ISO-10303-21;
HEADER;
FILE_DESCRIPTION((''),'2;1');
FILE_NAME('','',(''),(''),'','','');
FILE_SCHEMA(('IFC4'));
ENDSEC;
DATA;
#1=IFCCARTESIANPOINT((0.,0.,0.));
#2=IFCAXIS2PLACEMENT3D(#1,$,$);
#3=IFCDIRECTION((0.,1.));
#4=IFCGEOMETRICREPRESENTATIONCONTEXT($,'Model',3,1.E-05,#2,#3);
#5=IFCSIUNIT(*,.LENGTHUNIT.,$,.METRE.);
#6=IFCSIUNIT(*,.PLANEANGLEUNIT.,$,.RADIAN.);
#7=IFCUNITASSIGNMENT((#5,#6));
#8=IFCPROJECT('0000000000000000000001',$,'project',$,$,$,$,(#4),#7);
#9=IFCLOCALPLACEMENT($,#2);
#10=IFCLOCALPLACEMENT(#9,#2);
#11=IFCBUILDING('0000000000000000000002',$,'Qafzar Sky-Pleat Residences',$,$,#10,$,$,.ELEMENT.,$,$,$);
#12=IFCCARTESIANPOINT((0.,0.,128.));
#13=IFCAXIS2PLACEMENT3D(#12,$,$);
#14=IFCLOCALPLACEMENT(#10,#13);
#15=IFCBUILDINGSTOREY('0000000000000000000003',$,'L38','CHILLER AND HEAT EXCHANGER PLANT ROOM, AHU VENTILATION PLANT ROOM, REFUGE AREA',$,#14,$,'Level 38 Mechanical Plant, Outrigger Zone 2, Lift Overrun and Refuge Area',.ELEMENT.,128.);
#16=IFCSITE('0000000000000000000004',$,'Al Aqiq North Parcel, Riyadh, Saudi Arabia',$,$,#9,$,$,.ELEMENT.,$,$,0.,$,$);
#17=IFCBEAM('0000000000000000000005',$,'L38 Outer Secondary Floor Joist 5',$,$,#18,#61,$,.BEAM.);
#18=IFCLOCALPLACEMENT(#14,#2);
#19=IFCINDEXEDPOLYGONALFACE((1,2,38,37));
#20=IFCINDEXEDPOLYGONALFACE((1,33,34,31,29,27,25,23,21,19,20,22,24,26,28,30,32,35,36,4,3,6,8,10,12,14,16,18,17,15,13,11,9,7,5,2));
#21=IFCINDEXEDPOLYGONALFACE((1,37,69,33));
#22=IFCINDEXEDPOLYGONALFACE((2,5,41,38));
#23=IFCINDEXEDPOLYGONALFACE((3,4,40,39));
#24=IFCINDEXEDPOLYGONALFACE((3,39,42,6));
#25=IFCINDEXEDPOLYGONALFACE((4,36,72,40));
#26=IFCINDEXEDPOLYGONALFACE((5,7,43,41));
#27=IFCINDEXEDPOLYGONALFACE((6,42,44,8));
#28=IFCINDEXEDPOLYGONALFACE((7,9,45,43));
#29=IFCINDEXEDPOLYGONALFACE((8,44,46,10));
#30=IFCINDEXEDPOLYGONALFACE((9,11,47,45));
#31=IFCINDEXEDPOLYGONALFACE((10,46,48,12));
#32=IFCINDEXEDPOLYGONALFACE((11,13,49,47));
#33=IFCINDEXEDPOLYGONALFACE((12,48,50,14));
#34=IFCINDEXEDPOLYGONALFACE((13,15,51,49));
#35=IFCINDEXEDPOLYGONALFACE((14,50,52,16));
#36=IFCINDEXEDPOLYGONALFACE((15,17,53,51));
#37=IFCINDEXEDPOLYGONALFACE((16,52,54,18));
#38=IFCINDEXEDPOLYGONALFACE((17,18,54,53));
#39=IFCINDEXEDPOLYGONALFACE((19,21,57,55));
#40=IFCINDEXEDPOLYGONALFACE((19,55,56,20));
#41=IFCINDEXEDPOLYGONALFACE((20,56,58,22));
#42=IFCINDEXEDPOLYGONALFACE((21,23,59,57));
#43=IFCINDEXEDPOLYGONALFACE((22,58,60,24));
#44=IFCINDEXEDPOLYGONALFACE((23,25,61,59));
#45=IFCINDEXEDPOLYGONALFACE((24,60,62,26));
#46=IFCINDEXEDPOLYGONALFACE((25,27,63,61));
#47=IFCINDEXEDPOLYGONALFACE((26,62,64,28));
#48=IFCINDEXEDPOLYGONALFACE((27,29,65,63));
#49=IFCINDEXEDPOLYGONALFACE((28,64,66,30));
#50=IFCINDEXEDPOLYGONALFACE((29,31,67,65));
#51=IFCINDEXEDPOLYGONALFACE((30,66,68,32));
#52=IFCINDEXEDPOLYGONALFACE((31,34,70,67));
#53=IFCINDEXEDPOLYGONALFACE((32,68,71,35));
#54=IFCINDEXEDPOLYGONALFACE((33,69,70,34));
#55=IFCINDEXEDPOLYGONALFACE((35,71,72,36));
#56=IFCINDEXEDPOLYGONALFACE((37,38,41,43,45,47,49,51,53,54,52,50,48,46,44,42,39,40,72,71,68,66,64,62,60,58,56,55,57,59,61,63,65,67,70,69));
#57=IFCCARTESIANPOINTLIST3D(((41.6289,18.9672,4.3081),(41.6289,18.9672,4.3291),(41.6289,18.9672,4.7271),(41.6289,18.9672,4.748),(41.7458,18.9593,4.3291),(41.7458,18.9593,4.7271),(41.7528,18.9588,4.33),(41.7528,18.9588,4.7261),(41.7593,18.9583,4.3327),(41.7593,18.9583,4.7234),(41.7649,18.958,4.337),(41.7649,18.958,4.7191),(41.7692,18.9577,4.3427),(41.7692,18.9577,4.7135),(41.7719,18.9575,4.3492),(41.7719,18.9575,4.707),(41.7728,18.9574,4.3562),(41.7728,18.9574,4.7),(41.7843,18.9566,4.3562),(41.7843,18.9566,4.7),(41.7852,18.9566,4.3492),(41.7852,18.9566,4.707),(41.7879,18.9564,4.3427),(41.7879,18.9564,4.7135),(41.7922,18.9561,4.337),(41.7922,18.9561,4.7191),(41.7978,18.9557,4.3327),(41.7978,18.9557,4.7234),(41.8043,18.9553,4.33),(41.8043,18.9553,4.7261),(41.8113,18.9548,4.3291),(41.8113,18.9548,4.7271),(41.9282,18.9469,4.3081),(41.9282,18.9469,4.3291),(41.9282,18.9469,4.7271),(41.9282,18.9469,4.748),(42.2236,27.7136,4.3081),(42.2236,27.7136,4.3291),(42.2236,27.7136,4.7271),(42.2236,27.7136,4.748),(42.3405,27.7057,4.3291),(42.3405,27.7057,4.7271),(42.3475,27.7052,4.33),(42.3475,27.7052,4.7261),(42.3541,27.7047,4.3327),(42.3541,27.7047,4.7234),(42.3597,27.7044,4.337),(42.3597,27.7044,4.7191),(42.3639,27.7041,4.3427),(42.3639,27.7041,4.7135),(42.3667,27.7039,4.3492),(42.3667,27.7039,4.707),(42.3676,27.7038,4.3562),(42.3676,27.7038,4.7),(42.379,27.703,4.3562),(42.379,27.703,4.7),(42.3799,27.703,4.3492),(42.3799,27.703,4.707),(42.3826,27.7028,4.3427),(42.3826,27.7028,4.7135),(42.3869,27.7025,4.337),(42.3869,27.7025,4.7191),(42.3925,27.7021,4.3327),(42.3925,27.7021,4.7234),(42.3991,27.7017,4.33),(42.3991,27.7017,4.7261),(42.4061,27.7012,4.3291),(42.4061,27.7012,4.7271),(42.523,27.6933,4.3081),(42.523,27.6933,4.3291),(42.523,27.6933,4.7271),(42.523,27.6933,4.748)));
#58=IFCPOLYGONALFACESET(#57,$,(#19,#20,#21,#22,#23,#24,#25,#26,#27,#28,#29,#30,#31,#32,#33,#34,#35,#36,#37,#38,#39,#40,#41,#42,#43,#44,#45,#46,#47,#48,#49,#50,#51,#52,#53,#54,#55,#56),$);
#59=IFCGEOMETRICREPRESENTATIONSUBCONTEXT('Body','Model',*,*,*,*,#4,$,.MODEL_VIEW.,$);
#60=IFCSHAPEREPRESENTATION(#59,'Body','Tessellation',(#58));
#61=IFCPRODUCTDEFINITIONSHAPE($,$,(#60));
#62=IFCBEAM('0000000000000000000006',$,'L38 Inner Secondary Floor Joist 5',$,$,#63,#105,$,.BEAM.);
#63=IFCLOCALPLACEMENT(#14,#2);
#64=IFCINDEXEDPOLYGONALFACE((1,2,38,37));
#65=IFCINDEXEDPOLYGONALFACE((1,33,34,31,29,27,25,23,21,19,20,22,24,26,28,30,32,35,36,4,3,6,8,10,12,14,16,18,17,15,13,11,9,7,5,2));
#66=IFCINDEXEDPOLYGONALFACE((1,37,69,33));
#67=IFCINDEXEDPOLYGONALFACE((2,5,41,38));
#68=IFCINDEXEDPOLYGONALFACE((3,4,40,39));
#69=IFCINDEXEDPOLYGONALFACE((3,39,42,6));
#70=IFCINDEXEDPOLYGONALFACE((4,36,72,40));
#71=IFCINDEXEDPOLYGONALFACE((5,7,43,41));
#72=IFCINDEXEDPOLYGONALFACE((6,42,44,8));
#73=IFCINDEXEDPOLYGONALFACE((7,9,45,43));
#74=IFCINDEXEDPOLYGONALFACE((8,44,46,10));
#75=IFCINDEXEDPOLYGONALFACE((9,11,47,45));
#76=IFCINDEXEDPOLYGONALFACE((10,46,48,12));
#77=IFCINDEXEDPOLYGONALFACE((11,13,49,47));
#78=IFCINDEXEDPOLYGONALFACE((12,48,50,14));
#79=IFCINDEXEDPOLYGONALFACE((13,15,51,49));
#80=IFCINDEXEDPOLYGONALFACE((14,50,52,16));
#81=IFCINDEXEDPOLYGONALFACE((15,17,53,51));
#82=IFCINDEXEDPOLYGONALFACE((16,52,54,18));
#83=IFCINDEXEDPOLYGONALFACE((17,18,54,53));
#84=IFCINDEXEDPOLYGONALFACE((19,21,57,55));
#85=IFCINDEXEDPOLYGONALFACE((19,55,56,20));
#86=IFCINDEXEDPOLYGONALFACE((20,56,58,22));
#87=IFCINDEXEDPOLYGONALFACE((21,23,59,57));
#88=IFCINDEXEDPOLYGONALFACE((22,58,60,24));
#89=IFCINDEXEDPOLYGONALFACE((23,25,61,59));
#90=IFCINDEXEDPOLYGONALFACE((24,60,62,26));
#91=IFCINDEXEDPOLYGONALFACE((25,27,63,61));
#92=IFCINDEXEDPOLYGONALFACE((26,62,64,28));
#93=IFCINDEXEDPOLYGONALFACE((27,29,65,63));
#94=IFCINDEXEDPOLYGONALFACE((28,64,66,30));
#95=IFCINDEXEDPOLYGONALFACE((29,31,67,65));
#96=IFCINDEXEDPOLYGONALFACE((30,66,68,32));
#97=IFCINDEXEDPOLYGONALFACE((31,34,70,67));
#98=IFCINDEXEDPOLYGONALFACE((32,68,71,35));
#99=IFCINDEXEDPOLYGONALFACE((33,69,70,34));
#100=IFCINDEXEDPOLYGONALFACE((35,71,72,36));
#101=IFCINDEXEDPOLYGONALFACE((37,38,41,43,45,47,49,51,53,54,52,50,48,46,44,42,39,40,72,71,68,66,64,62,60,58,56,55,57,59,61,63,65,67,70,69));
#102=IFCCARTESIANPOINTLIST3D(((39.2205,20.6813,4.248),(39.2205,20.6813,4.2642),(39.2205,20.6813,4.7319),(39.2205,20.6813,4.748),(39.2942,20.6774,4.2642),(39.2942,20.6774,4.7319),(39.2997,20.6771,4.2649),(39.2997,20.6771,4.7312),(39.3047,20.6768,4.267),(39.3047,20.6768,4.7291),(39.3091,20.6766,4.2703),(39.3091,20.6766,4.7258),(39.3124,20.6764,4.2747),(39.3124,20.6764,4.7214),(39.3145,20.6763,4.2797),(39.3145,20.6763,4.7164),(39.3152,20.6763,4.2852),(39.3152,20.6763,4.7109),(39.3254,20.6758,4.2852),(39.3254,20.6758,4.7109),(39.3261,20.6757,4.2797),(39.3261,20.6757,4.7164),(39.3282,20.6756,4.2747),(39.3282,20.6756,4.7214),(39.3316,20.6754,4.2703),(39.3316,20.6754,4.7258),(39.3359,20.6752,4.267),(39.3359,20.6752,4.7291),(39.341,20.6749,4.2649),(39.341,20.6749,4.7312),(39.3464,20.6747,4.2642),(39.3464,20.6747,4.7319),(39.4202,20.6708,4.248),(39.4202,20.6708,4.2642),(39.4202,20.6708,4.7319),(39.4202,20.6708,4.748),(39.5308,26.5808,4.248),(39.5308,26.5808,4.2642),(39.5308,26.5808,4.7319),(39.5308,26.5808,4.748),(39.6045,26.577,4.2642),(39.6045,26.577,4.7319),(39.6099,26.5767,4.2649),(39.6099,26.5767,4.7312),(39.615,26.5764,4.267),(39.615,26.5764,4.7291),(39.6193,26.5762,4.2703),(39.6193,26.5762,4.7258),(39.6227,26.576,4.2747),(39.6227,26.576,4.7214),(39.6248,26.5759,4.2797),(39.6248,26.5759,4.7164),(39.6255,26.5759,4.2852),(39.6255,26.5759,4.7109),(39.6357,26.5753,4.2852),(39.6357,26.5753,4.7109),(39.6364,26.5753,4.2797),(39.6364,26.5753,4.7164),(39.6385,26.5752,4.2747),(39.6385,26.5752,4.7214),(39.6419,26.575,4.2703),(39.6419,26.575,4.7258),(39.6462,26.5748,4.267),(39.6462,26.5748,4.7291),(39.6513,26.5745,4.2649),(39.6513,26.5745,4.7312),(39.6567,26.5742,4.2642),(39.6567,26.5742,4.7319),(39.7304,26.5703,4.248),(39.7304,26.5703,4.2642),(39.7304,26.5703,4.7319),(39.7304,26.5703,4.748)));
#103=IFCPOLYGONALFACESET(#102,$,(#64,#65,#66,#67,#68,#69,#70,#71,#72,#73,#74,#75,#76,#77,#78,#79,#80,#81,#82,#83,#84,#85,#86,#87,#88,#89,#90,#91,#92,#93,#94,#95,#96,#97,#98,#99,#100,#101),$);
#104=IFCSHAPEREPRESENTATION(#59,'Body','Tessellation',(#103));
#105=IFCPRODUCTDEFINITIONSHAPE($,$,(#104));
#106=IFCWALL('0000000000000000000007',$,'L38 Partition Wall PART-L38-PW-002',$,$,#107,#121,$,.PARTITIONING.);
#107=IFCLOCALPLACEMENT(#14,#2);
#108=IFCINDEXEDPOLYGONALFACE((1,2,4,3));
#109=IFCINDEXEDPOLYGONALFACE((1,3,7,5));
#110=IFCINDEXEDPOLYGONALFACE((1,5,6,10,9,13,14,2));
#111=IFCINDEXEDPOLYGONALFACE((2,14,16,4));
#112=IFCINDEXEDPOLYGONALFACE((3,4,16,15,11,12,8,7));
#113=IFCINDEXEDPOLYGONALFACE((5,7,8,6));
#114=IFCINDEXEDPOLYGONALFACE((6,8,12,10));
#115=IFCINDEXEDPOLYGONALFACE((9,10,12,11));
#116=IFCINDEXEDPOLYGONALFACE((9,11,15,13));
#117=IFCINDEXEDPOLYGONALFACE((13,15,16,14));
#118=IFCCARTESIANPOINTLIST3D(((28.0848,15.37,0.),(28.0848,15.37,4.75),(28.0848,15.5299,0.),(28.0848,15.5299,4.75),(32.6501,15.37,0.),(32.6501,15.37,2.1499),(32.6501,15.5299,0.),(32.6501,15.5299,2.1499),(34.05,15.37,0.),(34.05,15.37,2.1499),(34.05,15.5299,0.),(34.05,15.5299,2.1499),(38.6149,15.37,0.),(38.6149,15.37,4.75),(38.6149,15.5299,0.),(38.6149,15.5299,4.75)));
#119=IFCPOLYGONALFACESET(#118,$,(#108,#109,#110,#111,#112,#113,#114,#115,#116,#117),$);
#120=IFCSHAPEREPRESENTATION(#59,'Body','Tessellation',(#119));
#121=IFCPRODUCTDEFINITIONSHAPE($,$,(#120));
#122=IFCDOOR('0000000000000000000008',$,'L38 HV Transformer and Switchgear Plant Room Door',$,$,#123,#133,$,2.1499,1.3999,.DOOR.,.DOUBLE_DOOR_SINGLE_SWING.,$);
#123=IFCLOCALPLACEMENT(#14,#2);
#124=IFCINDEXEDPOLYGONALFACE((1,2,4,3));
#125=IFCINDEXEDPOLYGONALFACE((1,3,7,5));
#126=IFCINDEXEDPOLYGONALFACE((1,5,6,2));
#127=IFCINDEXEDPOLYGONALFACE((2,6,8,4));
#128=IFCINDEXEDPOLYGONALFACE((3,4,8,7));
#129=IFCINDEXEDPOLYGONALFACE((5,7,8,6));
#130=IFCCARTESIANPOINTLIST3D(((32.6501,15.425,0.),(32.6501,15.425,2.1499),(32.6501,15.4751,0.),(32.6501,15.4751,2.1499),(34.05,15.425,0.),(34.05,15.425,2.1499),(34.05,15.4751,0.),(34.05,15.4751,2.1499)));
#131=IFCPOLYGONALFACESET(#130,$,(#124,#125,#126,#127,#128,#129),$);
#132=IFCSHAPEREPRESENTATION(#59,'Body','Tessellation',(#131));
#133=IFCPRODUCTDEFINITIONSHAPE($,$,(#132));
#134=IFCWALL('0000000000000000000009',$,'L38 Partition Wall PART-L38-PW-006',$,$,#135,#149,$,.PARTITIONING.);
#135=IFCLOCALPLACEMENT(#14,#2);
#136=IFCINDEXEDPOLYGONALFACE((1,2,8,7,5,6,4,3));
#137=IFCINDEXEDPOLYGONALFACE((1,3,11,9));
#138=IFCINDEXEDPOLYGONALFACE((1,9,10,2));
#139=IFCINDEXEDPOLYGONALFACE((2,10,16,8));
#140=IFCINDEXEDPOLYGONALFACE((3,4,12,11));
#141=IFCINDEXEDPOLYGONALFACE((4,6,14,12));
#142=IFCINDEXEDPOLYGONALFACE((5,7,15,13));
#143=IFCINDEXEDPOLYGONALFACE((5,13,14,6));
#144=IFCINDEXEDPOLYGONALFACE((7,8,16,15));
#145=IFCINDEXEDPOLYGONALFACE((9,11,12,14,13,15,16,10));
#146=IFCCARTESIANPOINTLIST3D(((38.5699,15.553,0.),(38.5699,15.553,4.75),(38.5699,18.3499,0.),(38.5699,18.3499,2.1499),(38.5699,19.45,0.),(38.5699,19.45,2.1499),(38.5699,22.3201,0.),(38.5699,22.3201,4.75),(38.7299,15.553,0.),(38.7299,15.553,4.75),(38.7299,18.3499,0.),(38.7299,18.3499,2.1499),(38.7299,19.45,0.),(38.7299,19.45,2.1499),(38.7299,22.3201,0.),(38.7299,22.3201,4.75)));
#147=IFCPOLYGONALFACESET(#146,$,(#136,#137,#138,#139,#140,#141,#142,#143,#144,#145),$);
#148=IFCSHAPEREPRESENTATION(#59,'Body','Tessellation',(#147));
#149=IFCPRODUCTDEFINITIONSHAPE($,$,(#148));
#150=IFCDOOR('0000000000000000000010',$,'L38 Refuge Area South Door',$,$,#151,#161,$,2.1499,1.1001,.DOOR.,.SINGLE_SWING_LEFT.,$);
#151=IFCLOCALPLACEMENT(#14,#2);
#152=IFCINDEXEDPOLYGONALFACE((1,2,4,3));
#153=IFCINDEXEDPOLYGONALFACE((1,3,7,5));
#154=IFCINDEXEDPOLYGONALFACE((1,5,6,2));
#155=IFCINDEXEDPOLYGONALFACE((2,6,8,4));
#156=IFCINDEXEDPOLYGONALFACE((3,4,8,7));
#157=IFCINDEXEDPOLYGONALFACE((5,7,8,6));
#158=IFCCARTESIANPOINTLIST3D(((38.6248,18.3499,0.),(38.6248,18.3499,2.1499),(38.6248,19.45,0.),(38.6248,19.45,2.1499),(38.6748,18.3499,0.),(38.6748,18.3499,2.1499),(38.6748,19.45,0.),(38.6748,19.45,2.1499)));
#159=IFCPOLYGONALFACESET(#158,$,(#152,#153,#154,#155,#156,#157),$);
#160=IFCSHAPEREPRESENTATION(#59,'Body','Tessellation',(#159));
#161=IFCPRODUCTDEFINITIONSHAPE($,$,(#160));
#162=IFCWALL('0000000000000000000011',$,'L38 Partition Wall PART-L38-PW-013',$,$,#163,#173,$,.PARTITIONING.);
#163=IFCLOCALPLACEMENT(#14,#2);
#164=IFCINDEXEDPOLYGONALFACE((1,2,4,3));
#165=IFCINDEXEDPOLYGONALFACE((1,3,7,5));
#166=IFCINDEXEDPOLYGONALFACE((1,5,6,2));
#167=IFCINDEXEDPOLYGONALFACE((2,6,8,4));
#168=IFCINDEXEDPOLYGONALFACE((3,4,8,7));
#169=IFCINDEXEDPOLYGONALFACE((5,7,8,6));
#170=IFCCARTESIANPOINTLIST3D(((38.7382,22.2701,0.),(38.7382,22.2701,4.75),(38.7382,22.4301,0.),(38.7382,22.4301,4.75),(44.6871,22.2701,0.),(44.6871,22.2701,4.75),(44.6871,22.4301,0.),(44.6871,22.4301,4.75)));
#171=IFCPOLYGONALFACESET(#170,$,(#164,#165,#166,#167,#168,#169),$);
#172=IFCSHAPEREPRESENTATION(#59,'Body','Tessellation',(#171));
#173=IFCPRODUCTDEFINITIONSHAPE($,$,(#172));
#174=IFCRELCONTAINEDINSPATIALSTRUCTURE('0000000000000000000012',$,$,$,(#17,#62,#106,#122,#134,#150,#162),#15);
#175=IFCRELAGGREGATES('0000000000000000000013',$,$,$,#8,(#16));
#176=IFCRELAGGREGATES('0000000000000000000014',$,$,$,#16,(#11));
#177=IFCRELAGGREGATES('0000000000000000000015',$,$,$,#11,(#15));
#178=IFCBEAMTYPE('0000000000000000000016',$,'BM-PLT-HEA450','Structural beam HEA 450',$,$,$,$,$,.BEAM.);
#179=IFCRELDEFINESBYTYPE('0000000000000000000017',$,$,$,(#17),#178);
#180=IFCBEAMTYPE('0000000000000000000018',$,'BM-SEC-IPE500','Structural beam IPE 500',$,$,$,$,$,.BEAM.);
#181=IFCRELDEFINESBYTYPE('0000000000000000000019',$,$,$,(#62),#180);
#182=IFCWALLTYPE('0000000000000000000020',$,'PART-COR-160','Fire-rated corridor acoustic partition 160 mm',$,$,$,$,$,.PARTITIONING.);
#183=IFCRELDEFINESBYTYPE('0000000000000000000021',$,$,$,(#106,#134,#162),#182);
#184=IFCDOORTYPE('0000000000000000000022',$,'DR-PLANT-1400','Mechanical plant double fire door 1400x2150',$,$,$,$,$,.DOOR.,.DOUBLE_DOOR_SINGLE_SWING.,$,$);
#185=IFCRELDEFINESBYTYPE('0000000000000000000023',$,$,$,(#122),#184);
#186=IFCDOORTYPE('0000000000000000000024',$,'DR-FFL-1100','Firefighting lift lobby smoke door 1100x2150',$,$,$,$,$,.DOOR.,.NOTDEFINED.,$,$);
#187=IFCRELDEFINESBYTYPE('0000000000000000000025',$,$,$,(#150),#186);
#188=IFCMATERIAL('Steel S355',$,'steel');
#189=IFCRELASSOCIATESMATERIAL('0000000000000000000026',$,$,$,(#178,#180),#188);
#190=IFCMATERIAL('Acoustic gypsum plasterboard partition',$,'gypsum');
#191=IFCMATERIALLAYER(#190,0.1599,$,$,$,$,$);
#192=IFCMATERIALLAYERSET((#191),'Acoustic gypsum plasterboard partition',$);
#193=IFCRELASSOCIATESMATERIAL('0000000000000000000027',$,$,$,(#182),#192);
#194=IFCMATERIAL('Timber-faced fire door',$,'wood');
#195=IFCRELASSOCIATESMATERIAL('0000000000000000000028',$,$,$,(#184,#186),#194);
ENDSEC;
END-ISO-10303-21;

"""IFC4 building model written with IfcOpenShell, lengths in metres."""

from ifc_helpers import new_model, si_unit, direction, frame, frame_2d, origin, origin_2d, place, context, subcontext, project, spatial, rectangle, i_section, extrude, source, transform, mapped, material, layer, layer_set, material_profile, profile_set, type_object, element, fill, save


model = new_model("IFC4")

# Units and contexts
model_context = context("Model", 3, precision=1e-05, world=origin(), true_north=direction((0.0, 1.0)))
body_context = subcontext(model_context, "Body", "Model", "MODEL_VIEW")
ifc_project = project(units=[si_unit("LENGTHUNIT", "METRE"), si_unit("PLANEANGLEUNIT", "RADIAN")], contexts=[model_context])

# Site, building, storey
site_placement = place(None, origin())
site = spatial("IfcSite", under=ifc_project, at=site_placement, Name="Al Aqiq North Parcel, Riyadh, Saudi Arabia", CompositionType="ELEMENT", RefElevation=0.0)
building_placement = place(site_placement, origin())
building = spatial("IfcBuilding", under=site, at=building_placement, Name="Qafzar Sky-Pleat Residences", CompositionType="ELEMENT")
storey_placement = place(building_placement, frame((0.0, 0.0, 128.0)))
storey = spatial("IfcBuildingStorey", under=building, at=storey_placement, Name="L38", Description="CHILLER AND HEAT EXCHANGER PLANT ROOM, AHU VENTILATION PLANT ROOM, REFUGE AREA", LongName="Level 38 Mechanical Plant, Outrigger Zone 2, Lift Overrun and Refuge Area", CompositionType="ELEMENT", Elevation=128.0)

# Beams
ifc_material_1 = material(Name="Steel S355", Category="steel")
ifc_material_profile_1 = material_profile(ifc_material_1, i_section(OverallWidth=0.3, OverallDepth=0.4399, WebThickness=0.0115, FlangeThickness=0.021, FilletRadius=0.0271, at=origin_2d()), Name="HEA 450")
ifc_profile_set_1 = profile_set([ifc_material_profile_1], Name="Steel S355")
beam_type_1 = type_object("IfcBeamType", Name="BM-PLT-HEA450", Description="Structural beam HEA 450", PredefinedType="BEAM", material=ifc_profile_set_1)
shared_shape_1 = source(origin(), body_context, "Body", "SweptSolid", [
    extrude(i_section(OverallWidth=0.3, OverallDepth=0.4399, WebThickness=0.0115, FlangeThickness=0.021, FilletRadius=0.0271, at=origin_2d()), origin(), (0.0, 0.0, 1.0), 8.7666),
])
beam_1_placement = place(storey_placement, frame((41.7786, 18.957, 4.5281), z_axis=(0.067841, 0.997696, 0.0), x_axis=(-0.997696, 0.067841, 0.0)))
element("IfcBeam", 1, at=beam_1_placement, inside=storey, type_object=beam_type_1, Name="L38 Outer Secondary Floor Joist 5", PredefinedType="BEAM", context=body_context, shape_type="MappedRepresentation", body=[
    mapped(shared_shape_1, transform((0.0, 0.0, 0.0), x_axis=(1.0, 0.0, 0.0), y_axis=(0.0, 1.0, 0.0), z_axis=(0.0, 0.0, 1.0), scale=1.0)),
])
ifc_material_profile_2 = material_profile(ifc_material_1, i_section(OverallWidth=0.2, OverallDepth=0.5, WebThickness=0.0103, FlangeThickness=0.0161, FilletRadius=0.021, at=origin_2d()), Name="IPE 500")
ifc_profile_set_2 = profile_set([ifc_material_profile_2], Name="Steel S355")
beam_type_2 = type_object("IfcBeamType", Name="BM-SEC-IPE500", Description="Structural beam IPE 500", PredefinedType="BEAM", material=ifc_profile_set_2)
shared_shape_2 = source(origin(), body_context, "Body", "SweptSolid", [
    extrude(i_section(OverallWidth=0.2, OverallDepth=0.5, WebThickness=0.0103, FlangeThickness=0.0161, FilletRadius=0.021, at=origin_2d()), origin(), (0.0, 0.0, 1.0), 5.9077),
])
beam_2_placement = place(storey_placement, frame((39.3203, 20.676, 4.498), z_axis=(0.052524, 0.99862, 0.0), x_axis=(-0.99862, 0.052524, 0.0)))
element("IfcBeam", 2, at=beam_2_placement, inside=storey, type_object=beam_type_2, Name="L38 Inner Secondary Floor Joist 5", PredefinedType="BEAM", context=body_context, shape_type="MappedRepresentation", body=[
    mapped(shared_shape_2, transform((0.0, 0.0, 0.0), x_axis=(1.0, 0.0, 0.0), y_axis=(0.0, 1.0, 0.0), z_axis=(0.0, 0.0, 1.0), scale=1.0)),
])

# Walls, openings, doors
ifc_material_2 = material(Name="Acoustic gypsum plasterboard partition", Category="gypsum")
ifc_layer_1 = layer(ifc_material_2, 0.1599)
ifc_layer_set_1 = layer_set([ifc_layer_1], Name="Acoustic gypsum plasterboard partition")
wall_type_1 = type_object("IfcWallType", Name="PART-COR-160", Description="Fire-rated corridor acoustic partition 160 mm", PredefinedType="PARTITIONING", material=ifc_layer_set_1)
wall_1_placement = place(storey_placement, frame((38.615, 15.45, 0.0), z_axis=(0.0, 0.0, 1.0), x_axis=(-1.0, 0.0, 0.0)))
wall_1 = element("IfcWall", 3, at=wall_1_placement, inside=storey, type_object=wall_type_1, Name="L38 Partition Wall PART-L38-PW-002", PredefinedType="PARTITIONING", context=body_context, shape_type="SweptSolid", body=[
    extrude(rectangle(XDim=10.53, YDim=0.1599, at=frame_2d((5.2651, 0.0))), origin(), (0.0, 0.0, 1.0), 4.75),
])
opening_1_placement = place(wall_1_placement, frame((4.5649, 0.0, 0.0)))
opening_1 = element("IfcOpeningElement", 4, at=opening_1_placement, cuts=wall_1, PredefinedType="OPENING", context=body_context, shape_type="SweptSolid", body=[
    extrude(rectangle(XDim=1.3999, YDim=2.1499, at=frame_2d((0.7, 1.075))), frame((0.0, 0.0898, 0.0), z_axis=(0.0, -1.0, 0.0), x_axis=(1.0, 0.0, 0.0)), (0.0, 0.0, 1.0), 0.1799),
])
ifc_material_3 = material(Name="Timber-faced fire door", Category="wood")
door_type_1 = type_object("IfcDoorType", Name="DR-PLANT-1400", Description="Mechanical plant double fire door 1400x2150", OperationType="DOUBLE_DOOR_SINGLE_SWING", PredefinedType="DOOR", material=ifc_material_3)
shared_shape_3 = source(origin(), body_context, "Body", "SweptSolid", [
    extrude(rectangle(XDim=1.3999, YDim=2.1499, at=frame_2d((0.7, 1.075))), frame((0.0, 0.0249, 0.0), z_axis=(0.0, -1.0, 0.0), x_axis=(1.0, 0.0, 0.0)), (0.0, 0.0, 1.0), 0.05),
])
door_1_placement = place(opening_1_placement, origin())
door_1 = element("IfcDoor", 5, at=door_1_placement, inside=storey, type_object=door_type_1, Name="L38 HV Transformer and Switchgear Plant Room Door", OperationType="DOUBLE_DOOR_SINGLE_SWING", OverallHeight=2.1499, OverallWidth=1.3999, PredefinedType="DOOR", context=body_context, shape_type="MappedRepresentation", body=[
    mapped(shared_shape_3, transform((0.0, 0.0, 0.0), x_axis=(1.0, 0.0, 0.0), y_axis=(0.0, 1.0, 0.0), z_axis=(0.0, 0.0, 1.0), scale=1.0)),
])
fill(opening_1, door_1)
wall_2_placement = place(storey_placement, frame((38.6499, 22.3201, 0.0), z_axis=(0.0, 0.0, 1.0), x_axis=(0.0, -1.0, 0.0)))
wall_2 = element("IfcWall", 6, at=wall_2_placement, inside=storey, type_object=wall_type_1, Name="L38 Partition Wall PART-L38-PW-006", PredefinedType="PARTITIONING", context=body_context, shape_type="SweptSolid", body=[
    extrude(rectangle(XDim=6.7671, YDim=0.1599, at=frame_2d((3.3835, 0.0))), origin(), (0.0, 0.0, 1.0), 4.75),
])
opening_2_placement = place(wall_2_placement, frame((2.8701, 0.0, 0.0)))
opening_2 = element("IfcOpeningElement", 7, at=opening_2_placement, cuts=wall_2, PredefinedType="OPENING", context=body_context, shape_type="SweptSolid", body=[
    extrude(rectangle(XDim=1.1001, YDim=2.1499, at=frame_2d((0.55, 1.075))), frame((0.0, 0.0898, 0.0), z_axis=(0.0, -1.0, 0.0), x_axis=(1.0, 0.0, 0.0)), (0.0, 0.0, 1.0), 0.1799),
])
door_type_2 = type_object("IfcDoorType", Name="DR-FFL-1100", Description="Firefighting lift lobby smoke door 1100x2150", OperationType="NOTDEFINED", PredefinedType="DOOR", material=ifc_material_3)
shared_shape_4 = source(origin(), body_context, "Body", "SweptSolid", [
    extrude(rectangle(XDim=1.1001, YDim=2.1499, at=frame_2d((0.55, 1.075))), frame((0.0, 0.0249, 0.0), z_axis=(0.0, -1.0, 0.0), x_axis=(1.0, 0.0, 0.0)), (0.0, 0.0, 1.0), 0.05),
])
door_2_placement = place(opening_2_placement, origin())
door_2 = element("IfcDoor", 8, at=door_2_placement, inside=storey, type_object=door_type_2, Name="L38 Refuge Area South Door", OperationType="SINGLE_SWING_LEFT", OverallHeight=2.1499, OverallWidth=1.1001, PredefinedType="DOOR", context=body_context, shape_type="MappedRepresentation", body=[
    mapped(shared_shape_4, transform((0.0, 0.0, 0.0), x_axis=(1.0, 0.0, 0.0), y_axis=(0.0, 1.0, 0.0), z_axis=(0.0, 0.0, 1.0), scale=1.0)),
])
fill(opening_2, door_2)

# Wall
wall_3_placement = place(storey_placement, frame((38.738, 22.3501, 0.0), z_axis=(0.0, 0.0, 1.0), x_axis=(1.0, 0.0, 0.0)))
element("IfcWall", 9, at=wall_3_placement, inside=storey, type_object=wall_type_1, Name="L38 Partition Wall PART-L38-PW-013", PredefinedType="PARTITIONING", context=body_context, shape_type="SweptSolid", body=[
    extrude(rectangle(XDim=5.949, YDim=0.1599, at=frame_2d((2.9746, 0.0))), origin(), (0.0, 0.0, 1.0), 4.75),
])

save(model, "model.ifc")
